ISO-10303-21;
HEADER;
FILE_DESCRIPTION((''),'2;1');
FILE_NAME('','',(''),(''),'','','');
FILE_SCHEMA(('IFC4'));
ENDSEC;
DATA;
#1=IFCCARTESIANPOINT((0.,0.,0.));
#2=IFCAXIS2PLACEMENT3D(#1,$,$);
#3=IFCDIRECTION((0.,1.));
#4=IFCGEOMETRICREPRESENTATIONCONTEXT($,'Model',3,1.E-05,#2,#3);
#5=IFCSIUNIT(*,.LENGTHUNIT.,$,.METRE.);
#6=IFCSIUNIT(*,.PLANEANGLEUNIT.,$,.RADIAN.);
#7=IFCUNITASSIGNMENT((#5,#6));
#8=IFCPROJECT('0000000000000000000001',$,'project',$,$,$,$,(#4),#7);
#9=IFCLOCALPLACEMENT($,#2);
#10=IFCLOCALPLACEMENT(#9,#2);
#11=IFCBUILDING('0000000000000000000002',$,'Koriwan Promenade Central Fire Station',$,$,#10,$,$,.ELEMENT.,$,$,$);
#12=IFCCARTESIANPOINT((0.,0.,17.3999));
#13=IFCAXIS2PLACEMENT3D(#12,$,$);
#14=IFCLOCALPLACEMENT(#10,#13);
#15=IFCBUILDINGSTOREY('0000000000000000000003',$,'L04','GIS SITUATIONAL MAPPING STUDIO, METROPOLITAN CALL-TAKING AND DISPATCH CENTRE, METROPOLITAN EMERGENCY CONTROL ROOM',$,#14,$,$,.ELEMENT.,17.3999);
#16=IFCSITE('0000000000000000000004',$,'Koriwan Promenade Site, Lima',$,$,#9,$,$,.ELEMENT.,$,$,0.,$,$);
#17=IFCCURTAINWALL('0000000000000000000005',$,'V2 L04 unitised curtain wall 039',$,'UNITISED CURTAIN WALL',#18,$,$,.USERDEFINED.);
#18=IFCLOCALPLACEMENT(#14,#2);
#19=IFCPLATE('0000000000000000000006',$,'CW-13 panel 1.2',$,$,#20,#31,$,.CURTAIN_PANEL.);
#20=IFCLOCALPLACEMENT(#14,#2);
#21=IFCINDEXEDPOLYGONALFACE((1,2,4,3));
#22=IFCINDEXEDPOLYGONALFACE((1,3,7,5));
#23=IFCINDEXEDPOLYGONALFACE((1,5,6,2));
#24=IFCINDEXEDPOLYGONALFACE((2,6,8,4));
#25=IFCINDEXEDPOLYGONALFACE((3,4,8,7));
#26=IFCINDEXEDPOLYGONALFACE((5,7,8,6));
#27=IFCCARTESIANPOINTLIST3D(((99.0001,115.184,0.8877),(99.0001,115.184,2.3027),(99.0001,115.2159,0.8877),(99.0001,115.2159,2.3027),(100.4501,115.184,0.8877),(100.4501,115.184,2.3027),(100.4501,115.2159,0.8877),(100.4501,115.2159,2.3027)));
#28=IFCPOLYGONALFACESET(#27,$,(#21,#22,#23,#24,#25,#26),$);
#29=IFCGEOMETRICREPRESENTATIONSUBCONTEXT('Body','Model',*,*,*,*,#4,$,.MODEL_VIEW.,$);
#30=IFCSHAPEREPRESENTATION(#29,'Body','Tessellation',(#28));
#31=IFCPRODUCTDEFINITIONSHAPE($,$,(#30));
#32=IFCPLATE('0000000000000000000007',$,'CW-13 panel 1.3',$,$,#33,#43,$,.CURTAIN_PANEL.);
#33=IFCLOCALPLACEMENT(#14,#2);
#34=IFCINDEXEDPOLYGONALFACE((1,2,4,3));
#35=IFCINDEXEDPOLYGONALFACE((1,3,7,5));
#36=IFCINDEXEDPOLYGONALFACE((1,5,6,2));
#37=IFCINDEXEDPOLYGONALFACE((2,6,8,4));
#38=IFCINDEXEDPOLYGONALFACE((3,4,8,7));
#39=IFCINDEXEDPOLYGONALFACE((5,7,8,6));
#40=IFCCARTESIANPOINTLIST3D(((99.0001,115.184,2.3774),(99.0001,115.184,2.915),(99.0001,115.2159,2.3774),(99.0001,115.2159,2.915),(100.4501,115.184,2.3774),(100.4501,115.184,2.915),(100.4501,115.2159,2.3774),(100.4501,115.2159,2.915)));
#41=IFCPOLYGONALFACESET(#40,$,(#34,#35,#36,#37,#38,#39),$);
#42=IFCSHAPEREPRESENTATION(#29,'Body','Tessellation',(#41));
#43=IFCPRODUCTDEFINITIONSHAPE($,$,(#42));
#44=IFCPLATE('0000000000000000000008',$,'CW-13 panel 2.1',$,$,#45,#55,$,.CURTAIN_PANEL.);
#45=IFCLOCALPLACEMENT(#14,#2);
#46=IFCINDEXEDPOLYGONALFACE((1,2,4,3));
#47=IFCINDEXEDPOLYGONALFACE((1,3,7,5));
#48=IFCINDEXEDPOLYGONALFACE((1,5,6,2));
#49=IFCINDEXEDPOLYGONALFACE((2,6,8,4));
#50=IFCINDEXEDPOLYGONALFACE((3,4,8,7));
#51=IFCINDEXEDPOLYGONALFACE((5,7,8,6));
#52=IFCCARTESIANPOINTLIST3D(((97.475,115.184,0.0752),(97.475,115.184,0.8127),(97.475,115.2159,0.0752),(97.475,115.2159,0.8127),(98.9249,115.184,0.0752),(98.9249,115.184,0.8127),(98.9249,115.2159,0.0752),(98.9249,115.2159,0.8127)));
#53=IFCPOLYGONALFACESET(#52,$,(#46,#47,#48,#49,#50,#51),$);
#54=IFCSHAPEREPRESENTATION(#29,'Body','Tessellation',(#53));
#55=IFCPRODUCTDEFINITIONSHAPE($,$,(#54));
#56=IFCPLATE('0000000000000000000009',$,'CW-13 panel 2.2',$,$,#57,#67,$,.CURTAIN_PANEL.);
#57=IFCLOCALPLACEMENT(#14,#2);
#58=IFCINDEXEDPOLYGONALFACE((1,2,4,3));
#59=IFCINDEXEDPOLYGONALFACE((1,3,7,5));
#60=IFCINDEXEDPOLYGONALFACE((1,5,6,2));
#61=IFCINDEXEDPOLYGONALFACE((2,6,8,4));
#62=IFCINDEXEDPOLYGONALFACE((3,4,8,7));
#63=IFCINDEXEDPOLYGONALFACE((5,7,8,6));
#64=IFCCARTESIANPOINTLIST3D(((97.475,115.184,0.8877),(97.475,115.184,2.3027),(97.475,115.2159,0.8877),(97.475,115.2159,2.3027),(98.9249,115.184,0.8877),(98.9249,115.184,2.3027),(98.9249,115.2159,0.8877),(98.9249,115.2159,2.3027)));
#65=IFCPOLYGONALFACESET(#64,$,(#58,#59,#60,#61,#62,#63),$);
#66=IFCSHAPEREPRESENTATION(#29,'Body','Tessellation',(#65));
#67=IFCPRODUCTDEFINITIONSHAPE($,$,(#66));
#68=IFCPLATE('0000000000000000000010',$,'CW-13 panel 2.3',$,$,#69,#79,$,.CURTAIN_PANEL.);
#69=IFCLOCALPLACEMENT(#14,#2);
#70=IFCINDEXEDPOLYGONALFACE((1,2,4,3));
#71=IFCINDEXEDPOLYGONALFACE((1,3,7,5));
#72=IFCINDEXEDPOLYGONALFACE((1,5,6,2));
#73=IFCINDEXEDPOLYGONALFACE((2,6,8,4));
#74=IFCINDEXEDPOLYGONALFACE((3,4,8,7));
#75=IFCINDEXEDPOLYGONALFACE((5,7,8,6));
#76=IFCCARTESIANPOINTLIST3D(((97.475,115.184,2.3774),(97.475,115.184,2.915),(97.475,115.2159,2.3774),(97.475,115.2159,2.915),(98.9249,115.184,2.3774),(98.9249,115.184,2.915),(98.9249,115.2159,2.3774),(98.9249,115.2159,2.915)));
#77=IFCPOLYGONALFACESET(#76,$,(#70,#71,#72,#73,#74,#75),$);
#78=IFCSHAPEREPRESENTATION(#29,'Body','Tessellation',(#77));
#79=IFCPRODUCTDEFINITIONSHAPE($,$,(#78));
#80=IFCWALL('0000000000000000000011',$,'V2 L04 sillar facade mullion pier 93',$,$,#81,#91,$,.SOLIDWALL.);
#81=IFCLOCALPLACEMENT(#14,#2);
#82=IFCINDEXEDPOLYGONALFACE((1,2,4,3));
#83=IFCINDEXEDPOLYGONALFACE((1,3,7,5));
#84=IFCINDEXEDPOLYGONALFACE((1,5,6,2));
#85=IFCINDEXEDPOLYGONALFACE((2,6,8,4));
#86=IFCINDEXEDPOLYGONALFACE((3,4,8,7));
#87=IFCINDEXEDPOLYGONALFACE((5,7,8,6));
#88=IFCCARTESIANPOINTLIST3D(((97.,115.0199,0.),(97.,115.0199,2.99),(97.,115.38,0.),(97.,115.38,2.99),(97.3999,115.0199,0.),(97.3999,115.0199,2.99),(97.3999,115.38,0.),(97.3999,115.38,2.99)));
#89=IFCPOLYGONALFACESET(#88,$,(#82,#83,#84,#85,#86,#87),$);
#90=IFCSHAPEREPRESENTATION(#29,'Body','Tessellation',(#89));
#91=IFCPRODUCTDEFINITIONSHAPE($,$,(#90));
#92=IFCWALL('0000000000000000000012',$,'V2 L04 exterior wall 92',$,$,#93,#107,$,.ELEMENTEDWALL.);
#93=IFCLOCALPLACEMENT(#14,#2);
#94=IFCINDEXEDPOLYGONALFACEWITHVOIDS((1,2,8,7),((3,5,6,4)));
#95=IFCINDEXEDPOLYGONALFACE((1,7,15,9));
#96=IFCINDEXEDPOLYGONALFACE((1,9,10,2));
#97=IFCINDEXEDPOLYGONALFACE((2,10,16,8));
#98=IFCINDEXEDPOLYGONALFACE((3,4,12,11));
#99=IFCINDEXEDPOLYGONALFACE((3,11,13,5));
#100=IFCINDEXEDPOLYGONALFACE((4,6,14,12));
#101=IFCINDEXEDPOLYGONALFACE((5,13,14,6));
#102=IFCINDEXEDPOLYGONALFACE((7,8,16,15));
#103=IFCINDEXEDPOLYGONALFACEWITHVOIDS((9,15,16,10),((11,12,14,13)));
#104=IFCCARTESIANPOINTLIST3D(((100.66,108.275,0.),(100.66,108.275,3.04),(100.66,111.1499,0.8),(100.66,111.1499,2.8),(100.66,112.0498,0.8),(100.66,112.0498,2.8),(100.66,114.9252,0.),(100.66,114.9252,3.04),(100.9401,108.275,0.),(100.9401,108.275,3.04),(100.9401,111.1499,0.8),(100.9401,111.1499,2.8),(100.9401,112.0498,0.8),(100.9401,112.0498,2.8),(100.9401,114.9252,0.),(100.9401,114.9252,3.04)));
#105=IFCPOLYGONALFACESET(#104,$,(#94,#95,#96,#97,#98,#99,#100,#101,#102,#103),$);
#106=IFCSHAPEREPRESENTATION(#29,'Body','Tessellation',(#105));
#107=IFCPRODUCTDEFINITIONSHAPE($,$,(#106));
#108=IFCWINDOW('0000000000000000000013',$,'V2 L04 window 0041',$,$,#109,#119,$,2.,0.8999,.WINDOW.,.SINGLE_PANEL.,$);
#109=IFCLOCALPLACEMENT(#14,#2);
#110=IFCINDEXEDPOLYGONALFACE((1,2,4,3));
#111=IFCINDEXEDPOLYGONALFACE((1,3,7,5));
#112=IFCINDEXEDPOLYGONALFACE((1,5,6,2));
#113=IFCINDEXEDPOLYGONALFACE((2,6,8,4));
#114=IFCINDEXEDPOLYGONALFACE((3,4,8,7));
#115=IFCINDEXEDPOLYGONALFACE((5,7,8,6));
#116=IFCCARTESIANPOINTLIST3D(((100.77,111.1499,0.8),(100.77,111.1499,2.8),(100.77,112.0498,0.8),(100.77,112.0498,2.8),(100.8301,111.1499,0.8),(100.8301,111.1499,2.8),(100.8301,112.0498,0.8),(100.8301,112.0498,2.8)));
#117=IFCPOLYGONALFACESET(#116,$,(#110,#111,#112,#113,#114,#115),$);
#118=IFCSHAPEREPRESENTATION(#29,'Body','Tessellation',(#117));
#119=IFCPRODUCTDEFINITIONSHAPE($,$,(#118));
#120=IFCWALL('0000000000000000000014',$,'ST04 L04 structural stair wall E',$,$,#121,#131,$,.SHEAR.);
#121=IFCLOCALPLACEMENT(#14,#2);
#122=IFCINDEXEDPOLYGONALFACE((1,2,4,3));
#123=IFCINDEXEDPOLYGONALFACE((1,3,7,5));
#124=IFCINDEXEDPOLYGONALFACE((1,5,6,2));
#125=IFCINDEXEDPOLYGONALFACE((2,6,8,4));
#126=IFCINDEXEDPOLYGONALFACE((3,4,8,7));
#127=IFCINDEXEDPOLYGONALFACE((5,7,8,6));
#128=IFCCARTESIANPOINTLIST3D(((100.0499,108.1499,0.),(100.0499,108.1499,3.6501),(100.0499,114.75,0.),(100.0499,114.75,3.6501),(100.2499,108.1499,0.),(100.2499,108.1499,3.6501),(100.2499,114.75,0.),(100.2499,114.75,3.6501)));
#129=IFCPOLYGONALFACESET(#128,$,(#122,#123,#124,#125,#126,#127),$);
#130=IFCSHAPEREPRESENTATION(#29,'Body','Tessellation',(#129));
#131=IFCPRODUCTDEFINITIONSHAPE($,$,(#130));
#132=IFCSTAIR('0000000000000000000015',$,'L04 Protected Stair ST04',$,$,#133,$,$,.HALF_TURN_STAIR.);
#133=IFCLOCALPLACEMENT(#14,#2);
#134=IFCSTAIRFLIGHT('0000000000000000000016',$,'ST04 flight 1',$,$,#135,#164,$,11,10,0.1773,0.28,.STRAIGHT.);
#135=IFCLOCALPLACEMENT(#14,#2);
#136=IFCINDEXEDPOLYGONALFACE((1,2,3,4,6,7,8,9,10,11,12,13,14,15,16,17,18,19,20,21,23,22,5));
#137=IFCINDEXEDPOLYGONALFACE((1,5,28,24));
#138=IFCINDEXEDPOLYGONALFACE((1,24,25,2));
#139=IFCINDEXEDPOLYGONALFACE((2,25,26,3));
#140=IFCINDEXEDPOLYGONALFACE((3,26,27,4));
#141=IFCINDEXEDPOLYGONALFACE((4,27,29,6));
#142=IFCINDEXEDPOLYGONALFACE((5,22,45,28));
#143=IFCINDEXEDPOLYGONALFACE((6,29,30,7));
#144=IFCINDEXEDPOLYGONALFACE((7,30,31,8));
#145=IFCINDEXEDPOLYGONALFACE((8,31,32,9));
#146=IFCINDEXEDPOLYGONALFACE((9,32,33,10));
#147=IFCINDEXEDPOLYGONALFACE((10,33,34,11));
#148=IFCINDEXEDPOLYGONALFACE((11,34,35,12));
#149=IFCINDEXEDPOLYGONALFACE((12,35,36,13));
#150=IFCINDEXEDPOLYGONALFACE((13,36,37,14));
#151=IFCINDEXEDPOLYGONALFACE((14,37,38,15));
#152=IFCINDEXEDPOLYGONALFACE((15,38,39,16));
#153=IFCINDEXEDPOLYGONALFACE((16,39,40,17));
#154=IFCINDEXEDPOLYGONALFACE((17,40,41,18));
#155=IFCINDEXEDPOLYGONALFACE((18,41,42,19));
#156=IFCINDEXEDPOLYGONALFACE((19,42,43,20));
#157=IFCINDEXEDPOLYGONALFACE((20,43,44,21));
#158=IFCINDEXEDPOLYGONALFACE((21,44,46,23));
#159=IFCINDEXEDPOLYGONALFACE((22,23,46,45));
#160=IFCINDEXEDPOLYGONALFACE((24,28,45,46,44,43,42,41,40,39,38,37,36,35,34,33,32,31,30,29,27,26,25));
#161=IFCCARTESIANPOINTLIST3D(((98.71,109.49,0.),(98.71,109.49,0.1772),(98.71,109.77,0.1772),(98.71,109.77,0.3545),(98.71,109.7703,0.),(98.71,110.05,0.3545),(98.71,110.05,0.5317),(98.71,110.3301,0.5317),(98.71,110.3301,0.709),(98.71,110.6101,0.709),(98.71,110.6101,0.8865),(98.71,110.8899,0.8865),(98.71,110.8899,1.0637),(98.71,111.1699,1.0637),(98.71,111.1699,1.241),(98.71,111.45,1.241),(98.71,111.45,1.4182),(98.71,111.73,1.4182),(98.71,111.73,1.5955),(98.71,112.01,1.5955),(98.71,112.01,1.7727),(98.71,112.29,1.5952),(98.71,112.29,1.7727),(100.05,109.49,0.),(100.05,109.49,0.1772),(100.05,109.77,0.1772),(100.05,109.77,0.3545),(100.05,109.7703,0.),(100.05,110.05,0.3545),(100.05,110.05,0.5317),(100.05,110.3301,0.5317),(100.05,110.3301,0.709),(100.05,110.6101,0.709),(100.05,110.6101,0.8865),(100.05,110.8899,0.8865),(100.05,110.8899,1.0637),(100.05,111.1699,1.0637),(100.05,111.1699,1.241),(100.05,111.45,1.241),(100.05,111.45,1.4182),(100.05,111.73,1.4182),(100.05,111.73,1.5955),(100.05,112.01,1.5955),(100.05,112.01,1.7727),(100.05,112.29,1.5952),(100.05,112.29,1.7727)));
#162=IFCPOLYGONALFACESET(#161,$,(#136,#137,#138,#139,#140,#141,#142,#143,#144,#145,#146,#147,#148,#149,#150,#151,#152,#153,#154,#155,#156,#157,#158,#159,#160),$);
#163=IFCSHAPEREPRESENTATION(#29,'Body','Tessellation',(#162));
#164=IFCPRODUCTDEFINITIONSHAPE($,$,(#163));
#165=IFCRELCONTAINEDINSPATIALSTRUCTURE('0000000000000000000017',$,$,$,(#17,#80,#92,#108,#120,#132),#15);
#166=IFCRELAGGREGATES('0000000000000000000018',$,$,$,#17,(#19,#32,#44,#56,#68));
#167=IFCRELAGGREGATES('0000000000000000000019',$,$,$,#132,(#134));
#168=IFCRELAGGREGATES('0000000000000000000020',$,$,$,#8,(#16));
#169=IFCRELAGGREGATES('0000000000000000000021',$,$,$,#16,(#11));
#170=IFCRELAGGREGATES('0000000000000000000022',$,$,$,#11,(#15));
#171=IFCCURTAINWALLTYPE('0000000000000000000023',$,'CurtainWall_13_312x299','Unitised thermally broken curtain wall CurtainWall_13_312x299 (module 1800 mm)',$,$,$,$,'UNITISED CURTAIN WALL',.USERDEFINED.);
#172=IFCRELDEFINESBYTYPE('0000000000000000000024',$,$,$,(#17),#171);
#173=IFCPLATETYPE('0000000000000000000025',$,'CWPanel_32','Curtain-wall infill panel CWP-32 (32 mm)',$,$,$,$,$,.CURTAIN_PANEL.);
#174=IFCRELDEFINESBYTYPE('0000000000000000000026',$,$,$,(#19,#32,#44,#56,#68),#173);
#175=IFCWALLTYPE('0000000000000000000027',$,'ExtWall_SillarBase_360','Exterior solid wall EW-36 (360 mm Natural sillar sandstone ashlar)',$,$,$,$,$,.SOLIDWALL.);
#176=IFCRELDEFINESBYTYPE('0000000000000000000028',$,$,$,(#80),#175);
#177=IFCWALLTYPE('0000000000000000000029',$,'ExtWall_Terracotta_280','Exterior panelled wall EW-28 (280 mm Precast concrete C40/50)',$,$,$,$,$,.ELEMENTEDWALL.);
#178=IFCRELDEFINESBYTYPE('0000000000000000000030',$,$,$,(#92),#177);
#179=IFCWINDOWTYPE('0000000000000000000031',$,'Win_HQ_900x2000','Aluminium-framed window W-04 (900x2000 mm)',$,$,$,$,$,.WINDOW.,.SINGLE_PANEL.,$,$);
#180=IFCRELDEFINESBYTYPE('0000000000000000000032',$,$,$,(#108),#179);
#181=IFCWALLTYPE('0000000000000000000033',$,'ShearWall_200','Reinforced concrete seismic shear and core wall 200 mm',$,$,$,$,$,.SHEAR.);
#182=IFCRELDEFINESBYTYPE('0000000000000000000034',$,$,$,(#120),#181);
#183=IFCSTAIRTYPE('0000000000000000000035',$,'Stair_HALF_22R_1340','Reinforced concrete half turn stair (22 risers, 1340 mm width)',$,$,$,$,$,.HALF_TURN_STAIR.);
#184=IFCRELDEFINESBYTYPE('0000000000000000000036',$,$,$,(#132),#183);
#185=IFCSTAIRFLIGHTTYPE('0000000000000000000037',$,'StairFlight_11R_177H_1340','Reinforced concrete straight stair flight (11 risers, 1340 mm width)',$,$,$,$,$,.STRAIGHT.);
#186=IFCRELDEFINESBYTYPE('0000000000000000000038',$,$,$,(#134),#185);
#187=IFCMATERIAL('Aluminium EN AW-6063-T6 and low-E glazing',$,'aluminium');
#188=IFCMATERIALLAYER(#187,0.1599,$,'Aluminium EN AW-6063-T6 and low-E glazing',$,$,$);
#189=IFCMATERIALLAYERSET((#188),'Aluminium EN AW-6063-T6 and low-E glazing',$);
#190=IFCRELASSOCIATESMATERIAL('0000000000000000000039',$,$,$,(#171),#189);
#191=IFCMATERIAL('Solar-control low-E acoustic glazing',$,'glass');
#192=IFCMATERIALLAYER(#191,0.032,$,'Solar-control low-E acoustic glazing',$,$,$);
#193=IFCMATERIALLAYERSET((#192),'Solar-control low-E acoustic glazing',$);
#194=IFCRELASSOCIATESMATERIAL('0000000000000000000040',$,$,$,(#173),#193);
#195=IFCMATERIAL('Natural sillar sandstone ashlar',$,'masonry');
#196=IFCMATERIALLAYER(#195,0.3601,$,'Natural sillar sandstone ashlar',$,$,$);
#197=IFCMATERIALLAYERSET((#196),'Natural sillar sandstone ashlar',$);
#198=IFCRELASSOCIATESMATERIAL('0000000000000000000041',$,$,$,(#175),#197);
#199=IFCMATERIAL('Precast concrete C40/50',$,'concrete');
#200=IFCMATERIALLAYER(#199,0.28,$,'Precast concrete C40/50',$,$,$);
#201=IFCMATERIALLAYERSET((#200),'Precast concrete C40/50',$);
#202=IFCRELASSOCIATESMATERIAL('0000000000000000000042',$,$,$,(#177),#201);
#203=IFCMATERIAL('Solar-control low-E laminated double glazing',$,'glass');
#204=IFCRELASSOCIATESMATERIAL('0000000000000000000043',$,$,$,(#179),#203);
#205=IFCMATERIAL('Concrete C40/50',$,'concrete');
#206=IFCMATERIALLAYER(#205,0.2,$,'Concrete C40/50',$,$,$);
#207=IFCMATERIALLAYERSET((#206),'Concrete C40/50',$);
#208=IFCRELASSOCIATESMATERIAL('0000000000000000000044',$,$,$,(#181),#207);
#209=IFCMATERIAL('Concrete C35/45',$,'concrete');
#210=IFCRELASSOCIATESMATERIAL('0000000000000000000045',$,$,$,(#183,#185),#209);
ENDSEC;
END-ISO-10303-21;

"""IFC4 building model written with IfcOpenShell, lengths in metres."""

from ifc_helpers import new_model, si_unit, direction, frame, frame_2d, origin, origin_2d, place, context, subcontext, project, spatial, polyline, rectangle, outline, extrude, material, layer, layer_set, type_object, element, fill, aggregate, save


model = new_model("IFC4")

# Units and contexts
model_context = context("Model", 3, precision=1e-05, world=origin(), true_north=direction((0.0, 1.0)))
body_context = subcontext(model_context, "Body", "Model", "MODEL_VIEW")
ifc_project = project(units=[si_unit("LENGTHUNIT", "METRE"), si_unit("PLANEANGLEUNIT", "RADIAN")], contexts=[model_context])

# Site, building, storey
site_placement = place(None, origin())
site = spatial("IfcSite", under=ifc_project, at=site_placement, Name="Koriwan Promenade Site, Lima", CompositionType="ELEMENT", RefElevation=0.0)
building_placement = place(site_placement, origin())
building = spatial("IfcBuilding", under=site, at=building_placement, Name="Koriwan Promenade Central Fire Station", CompositionType="ELEMENT")
storey_placement = place(building_placement, frame((0.0, 0.0, 17.3999)))
storey = spatial("IfcBuildingStorey", under=building, at=storey_placement, Name="L04", Description="GIS SITUATIONAL MAPPING STUDIO, METROPOLITAN CALL-TAKING AND DISPATCH CENTRE, METROPOLITAN EMERGENCY CONTROL ROOM", CompositionType="ELEMENT", Elevation=17.3999)

# Shared definitions
ifc_material_1 = material(Name="Concrete C40/50", Category="concrete")

# Shared definitions
ifc_material_2 = material(Name="Concrete C35/45", Category="concrete")

# Curtain wall, plates
ifc_material_3 = material(Name="Aluminium EN AW-6063-T6 and low-E glazing", Category="aluminium")
ifc_layer_1 = layer(ifc_material_3, 0.1599, Name="Aluminium EN AW-6063-T6 and low-E glazing")
ifc_layer_set_1 = layer_set([ifc_layer_1], Name="Aluminium EN AW-6063-T6 and low-E glazing")
curtain_wall_type = type_object("IfcCurtainWallType", Name="CurtainWall_13_312x299", Description="Unitised thermally broken curtain wall CurtainWall_13_312x299 (module 1800 mm)", ElementType="UNITISED CURTAIN WALL", PredefinedType="USERDEFINED", material=ifc_layer_set_1)
curtain_wall_placement = place(storey_placement, origin())
curtain_wall = element("IfcCurtainWall", 1, at=curtain_wall_placement, inside=storey, type_object=curtain_wall_type, Name="V2 L04 unitised curtain wall 039", ObjectType="UNITISED CURTAIN WALL", PredefinedType="USERDEFINED")
ifc_material_4 = material(Name="Solar-control low-E acoustic glazing", Category="glass")
ifc_layer_2 = layer(ifc_material_4, 0.032, Name="Solar-control low-E acoustic glazing")
ifc_layer_set_2 = layer_set([ifc_layer_2], Name="Solar-control low-E acoustic glazing")
plate_type = type_object("IfcPlateType", Name="CWPanel_32", Description="Curtain-wall infill panel CWP-32 (32 mm)", PredefinedType="CURTAIN_PANEL", material=ifc_layer_set_2)
plate_1_placement = place(storey_placement, frame((99.7251, 115.2, 0.8877), z_axis=(0.0, 0.0, 1.0), x_axis=(-1.0, 0.0, 0.0)))
plate_1 = element("IfcPlate", 2, at=plate_1_placement, type_object=plate_type, Name="CW-13 panel 1.2", PredefinedType="CURTAIN_PANEL", context=body_context, shape_type="SweptSolid", body=[
    extrude(rectangle(XDim=1.45, YDim=0.032, at=origin_2d()), origin(), (0.0, 0.0, 1.0), 1.415),
])
plate_2_placement = place(storey_placement, frame((99.7251, 115.2, 2.3774), z_axis=(0.0, 0.0, 1.0), x_axis=(-1.0, 0.0, 0.0)))
plate_2 = element("IfcPlate", 3, at=plate_2_placement, type_object=plate_type, Name="CW-13 panel 1.3", PredefinedType="CURTAIN_PANEL", context=body_context, shape_type="SweptSolid", body=[
    extrude(rectangle(XDim=1.45, YDim=0.032, at=origin_2d()), origin(), (0.0, 0.0, 1.0), 0.5376),
])
plate_3_placement = place(storey_placement, frame((98.2, 115.2, 0.0752), z_axis=(0.0, 0.0, 1.0), x_axis=(-1.0, 0.0, 0.0)))
plate_3 = element("IfcPlate", 4, at=plate_3_placement, type_object=plate_type, Name="CW-13 panel 2.1", PredefinedType="CURTAIN_PANEL", context=body_context, shape_type="SweptSolid", body=[
    extrude(rectangle(XDim=1.45, YDim=0.032, at=origin_2d()), origin(), (0.0, 0.0, 1.0), 0.7375),
])
plate_4_placement = place(storey_placement, frame((98.2, 115.2, 0.8877), z_axis=(0.0, 0.0, 1.0), x_axis=(-1.0, 0.0, 0.0)))
plate_4 = element("IfcPlate", 5, at=plate_4_placement, type_object=plate_type, Name="CW-13 panel 2.2", PredefinedType="CURTAIN_PANEL", context=body_context, shape_type="SweptSolid", body=[
    extrude(rectangle(XDim=1.45, YDim=0.032, at=origin_2d()), origin(), (0.0, 0.0, 1.0), 1.415),
])
plate_5_placement = place(storey_placement, frame((98.2, 115.2, 2.3774), z_axis=(0.0, 0.0, 1.0), x_axis=(-1.0, 0.0, 0.0)))
plate_5 = element("IfcPlate", 6, at=plate_5_placement, type_object=plate_type, Name="CW-13 panel 2.3", PredefinedType="CURTAIN_PANEL", context=body_context, shape_type="SweptSolid", body=[
    extrude(rectangle(XDim=1.45, YDim=0.032, at=origin_2d()), origin(), (0.0, 0.0, 1.0), 0.5376),
])
aggregate(curtain_wall, [plate_1, plate_2, plate_3, plate_4, plate_5])

# Wall
ifc_material_5 = material(Name="Natural sillar sandstone ashlar", Category="masonry")
ifc_layer_3 = layer(ifc_material_5, 0.3601, Name="Natural sillar sandstone ashlar")
ifc_layer_set_3 = layer_set([ifc_layer_3], Name="Natural sillar sandstone ashlar")
wall_type_1 = type_object("IfcWallType", Name="ExtWall_SillarBase_360", Description="Exterior solid wall EW-36 (360 mm Natural sillar sandstone ashlar)", PredefinedType="SOLIDWALL", material=ifc_layer_set_3)
wall_1_placement = place(storey_placement, frame((97.3999, 115.2, 0.0), z_axis=(0.0, 0.0, 1.0), x_axis=(-1.0, 0.0, 0.0)))
element("IfcWall", 7, at=wall_1_placement, inside=storey, type_object=wall_type_1, Name="V2 L04 sillar facade mullion pier 93", PredefinedType="SOLIDWALL", context=body_context, shape_type="SweptSolid", body=[
    extrude(rectangle(XDim=0.3999, YDim=0.3601, at=frame_2d((0.2, 0.0))), origin(), (0.0, 0.0, 1.0), 2.99),
])

# Wall, opening, window
ifc_material_6 = material(Name="Precast concrete C40/50", Category="concrete")
ifc_layer_4 = layer(ifc_material_6, 0.28, Name="Precast concrete C40/50")
ifc_layer_set_4 = layer_set([ifc_layer_4], Name="Precast concrete C40/50")
wall_type_2 = type_object("IfcWallType", Name="ExtWall_Terracotta_280", Description="Exterior panelled wall EW-28 (280 mm Precast concrete C40/50)", PredefinedType="ELEMENTEDWALL", material=ifc_layer_set_4)
wall_2_placement = place(storey_placement, frame((100.8, 108.2749, 0.0), z_axis=(0.0, 0.0, 1.0), x_axis=(0.0, 1.0, 0.0)))
wall_2 = element("IfcWall", 8, at=wall_2_placement, inside=storey, type_object=wall_type_2, Name="V2 L04 exterior wall 92", PredefinedType="ELEMENTEDWALL", context=body_context, shape_type="SweptSolid", body=[
    extrude(rectangle(XDim=6.6501, YDim=0.28, at=frame_2d((3.3252, 0.0))), origin(), (0.0, 0.0, 1.0), 3.04),
])
opening_placement = place(wall_2_placement, frame((2.875, 0.0, 0.8)))
opening = element("IfcOpeningElement", 9, at=opening_placement, cuts=wall_2, PredefinedType="OPENING", context=body_context, shape_type="SweptSolid", body=[
    extrude(rectangle(XDim=0.8999, YDim=2.0, at=frame_2d((0.45, 1.0))), frame((0.0, 0.1519, 0.0), z_axis=(0.0, -1.0, 0.0), x_axis=(1.0, 0.0, 0.0)), (0.0, 0.0, 1.0), 0.304),
])
ifc_material_7 = material(Name="Solar-control low-E laminated double glazing", Category="glass")
window_type = type_object("IfcWindowType", Name="Win_HQ_900x2000", Description="Aluminium-framed window W-04 (900x2000 mm)", PartitioningType="SINGLE_PANEL", PredefinedType="WINDOW", material=ifc_material_7)
window_placement = place(opening_placement, origin())
window = element("IfcWindow", 10, at=window_placement, inside=storey, type_object=window_type, Name="V2 L04 window 0041", OverallHeight=2.0, OverallWidth=0.8999, PartitioningType="SINGLE_PANEL", PredefinedType="WINDOW", context=body_context, shape_type="SweptSolid", body=[
    extrude(rectangle(XDim=0.8999, YDim=2.0, at=frame_2d((0.45, 1.0))), frame((0.0, 0.03, 0.0), z_axis=(0.0, -1.0, 0.0), x_axis=(1.0, 0.0, 0.0)), (0.0, 0.0, 1.0), 0.0601),
])
fill(opening, window)

# Wall
ifc_layer_5 = layer(ifc_material_1, 0.2, Name="Concrete C40/50")
ifc_layer_set_5 = layer_set([ifc_layer_5], Name="Concrete C40/50")
wall_type_3 = type_object("IfcWallType", Name="ShearWall_200", Description="Reinforced concrete seismic shear and core wall 200 mm", PredefinedType="SHEAR", material=ifc_layer_set_5)
wall_3_placement = place(storey_placement, frame((100.1499, 108.1499, 0.0), z_axis=(0.0, 0.0, 1.0), x_axis=(0.0, 1.0, 0.0)))
element("IfcWall", 11, at=wall_3_placement, inside=storey, type_object=wall_type_3, Name="ST04 L04 structural stair wall E", PredefinedType="SHEAR", context=body_context, shape_type="SweptSolid", body=[
    extrude(rectangle(XDim=6.6001, YDim=0.2, at=frame_2d((3.3, 0.0))), origin(), (0.0, 0.0, 1.0), 3.6501),
])

# Stair, stair flight
stair_type = type_object("IfcStairType", Name="Stair_HALF_22R_1340", Description="Reinforced concrete half turn stair (22 risers, 1340 mm width)", PredefinedType="HALF_TURN_STAIR", material=ifc_material_2)
stair_placement = place(storey_placement, origin())
stair = element("IfcStair", 12, at=stair_placement, inside=storey, type_object=stair_type, Name="L04 Protected Stair ST04", PredefinedType="HALF_TURN_STAIR")
stair_flight_type = type_object("IfcStairFlightType", Name="StairFlight_11R_177H_1340", Description="Reinforced concrete straight stair flight (11 risers, 1340 mm width)", PredefinedType="STRAIGHT", material=ifc_material_2)
stair_flight_1_placement = place(storey_placement, frame((99.3799, 109.49, 0.0), z_axis=(0.0, 0.0, 1.0), x_axis=(0.0, 1.0, 0.0)))
stair_flight_1 = element("IfcStairFlight", 13, at=stair_flight_1_placement, type_object=stair_flight_type, Name="ST04 flight 1", NumberOfRisers=11, NumberOfTreads=10, PredefinedType="STRAIGHT", RiserHeight=0.1773, TreadLength=0.28, context=body_context, shape_type="SweptSolid", body=[
    extrude(outline(polyline([(0.0, 0.0), (0.0, 0.1772), (0.28, 0.1772), (0.28, 0.3545), (0.5601, 0.3545), (0.5601, 0.5317), (0.8401, 0.5317), (0.8401, 0.709), (1.1201, 0.709), (1.1201, 0.8865), (1.3999, 0.8865), (1.3999, 1.0637), (1.6799, 1.0637), (1.6799, 1.241), (1.96, 1.241), (1.96, 1.4182), (2.24, 1.4182), (2.24, 1.5955), (2.52, 1.5955), (2.52, 1.7727), (2.8, 1.7727), (2.8, 1.95), (2.8, 1.5952), (0.2803, 0.0), (0.0, 0.0)])), frame((0.0, 0.6699, 0.0), z_axis=(0.0, -1.0, 0.0), x_axis=(1.0, 0.0, 0.0)), (0.0, 0.0, 1.0), 1.3401),
])
aggregate(stair, [stair_flight_1])

save(model, "model.ifc")
